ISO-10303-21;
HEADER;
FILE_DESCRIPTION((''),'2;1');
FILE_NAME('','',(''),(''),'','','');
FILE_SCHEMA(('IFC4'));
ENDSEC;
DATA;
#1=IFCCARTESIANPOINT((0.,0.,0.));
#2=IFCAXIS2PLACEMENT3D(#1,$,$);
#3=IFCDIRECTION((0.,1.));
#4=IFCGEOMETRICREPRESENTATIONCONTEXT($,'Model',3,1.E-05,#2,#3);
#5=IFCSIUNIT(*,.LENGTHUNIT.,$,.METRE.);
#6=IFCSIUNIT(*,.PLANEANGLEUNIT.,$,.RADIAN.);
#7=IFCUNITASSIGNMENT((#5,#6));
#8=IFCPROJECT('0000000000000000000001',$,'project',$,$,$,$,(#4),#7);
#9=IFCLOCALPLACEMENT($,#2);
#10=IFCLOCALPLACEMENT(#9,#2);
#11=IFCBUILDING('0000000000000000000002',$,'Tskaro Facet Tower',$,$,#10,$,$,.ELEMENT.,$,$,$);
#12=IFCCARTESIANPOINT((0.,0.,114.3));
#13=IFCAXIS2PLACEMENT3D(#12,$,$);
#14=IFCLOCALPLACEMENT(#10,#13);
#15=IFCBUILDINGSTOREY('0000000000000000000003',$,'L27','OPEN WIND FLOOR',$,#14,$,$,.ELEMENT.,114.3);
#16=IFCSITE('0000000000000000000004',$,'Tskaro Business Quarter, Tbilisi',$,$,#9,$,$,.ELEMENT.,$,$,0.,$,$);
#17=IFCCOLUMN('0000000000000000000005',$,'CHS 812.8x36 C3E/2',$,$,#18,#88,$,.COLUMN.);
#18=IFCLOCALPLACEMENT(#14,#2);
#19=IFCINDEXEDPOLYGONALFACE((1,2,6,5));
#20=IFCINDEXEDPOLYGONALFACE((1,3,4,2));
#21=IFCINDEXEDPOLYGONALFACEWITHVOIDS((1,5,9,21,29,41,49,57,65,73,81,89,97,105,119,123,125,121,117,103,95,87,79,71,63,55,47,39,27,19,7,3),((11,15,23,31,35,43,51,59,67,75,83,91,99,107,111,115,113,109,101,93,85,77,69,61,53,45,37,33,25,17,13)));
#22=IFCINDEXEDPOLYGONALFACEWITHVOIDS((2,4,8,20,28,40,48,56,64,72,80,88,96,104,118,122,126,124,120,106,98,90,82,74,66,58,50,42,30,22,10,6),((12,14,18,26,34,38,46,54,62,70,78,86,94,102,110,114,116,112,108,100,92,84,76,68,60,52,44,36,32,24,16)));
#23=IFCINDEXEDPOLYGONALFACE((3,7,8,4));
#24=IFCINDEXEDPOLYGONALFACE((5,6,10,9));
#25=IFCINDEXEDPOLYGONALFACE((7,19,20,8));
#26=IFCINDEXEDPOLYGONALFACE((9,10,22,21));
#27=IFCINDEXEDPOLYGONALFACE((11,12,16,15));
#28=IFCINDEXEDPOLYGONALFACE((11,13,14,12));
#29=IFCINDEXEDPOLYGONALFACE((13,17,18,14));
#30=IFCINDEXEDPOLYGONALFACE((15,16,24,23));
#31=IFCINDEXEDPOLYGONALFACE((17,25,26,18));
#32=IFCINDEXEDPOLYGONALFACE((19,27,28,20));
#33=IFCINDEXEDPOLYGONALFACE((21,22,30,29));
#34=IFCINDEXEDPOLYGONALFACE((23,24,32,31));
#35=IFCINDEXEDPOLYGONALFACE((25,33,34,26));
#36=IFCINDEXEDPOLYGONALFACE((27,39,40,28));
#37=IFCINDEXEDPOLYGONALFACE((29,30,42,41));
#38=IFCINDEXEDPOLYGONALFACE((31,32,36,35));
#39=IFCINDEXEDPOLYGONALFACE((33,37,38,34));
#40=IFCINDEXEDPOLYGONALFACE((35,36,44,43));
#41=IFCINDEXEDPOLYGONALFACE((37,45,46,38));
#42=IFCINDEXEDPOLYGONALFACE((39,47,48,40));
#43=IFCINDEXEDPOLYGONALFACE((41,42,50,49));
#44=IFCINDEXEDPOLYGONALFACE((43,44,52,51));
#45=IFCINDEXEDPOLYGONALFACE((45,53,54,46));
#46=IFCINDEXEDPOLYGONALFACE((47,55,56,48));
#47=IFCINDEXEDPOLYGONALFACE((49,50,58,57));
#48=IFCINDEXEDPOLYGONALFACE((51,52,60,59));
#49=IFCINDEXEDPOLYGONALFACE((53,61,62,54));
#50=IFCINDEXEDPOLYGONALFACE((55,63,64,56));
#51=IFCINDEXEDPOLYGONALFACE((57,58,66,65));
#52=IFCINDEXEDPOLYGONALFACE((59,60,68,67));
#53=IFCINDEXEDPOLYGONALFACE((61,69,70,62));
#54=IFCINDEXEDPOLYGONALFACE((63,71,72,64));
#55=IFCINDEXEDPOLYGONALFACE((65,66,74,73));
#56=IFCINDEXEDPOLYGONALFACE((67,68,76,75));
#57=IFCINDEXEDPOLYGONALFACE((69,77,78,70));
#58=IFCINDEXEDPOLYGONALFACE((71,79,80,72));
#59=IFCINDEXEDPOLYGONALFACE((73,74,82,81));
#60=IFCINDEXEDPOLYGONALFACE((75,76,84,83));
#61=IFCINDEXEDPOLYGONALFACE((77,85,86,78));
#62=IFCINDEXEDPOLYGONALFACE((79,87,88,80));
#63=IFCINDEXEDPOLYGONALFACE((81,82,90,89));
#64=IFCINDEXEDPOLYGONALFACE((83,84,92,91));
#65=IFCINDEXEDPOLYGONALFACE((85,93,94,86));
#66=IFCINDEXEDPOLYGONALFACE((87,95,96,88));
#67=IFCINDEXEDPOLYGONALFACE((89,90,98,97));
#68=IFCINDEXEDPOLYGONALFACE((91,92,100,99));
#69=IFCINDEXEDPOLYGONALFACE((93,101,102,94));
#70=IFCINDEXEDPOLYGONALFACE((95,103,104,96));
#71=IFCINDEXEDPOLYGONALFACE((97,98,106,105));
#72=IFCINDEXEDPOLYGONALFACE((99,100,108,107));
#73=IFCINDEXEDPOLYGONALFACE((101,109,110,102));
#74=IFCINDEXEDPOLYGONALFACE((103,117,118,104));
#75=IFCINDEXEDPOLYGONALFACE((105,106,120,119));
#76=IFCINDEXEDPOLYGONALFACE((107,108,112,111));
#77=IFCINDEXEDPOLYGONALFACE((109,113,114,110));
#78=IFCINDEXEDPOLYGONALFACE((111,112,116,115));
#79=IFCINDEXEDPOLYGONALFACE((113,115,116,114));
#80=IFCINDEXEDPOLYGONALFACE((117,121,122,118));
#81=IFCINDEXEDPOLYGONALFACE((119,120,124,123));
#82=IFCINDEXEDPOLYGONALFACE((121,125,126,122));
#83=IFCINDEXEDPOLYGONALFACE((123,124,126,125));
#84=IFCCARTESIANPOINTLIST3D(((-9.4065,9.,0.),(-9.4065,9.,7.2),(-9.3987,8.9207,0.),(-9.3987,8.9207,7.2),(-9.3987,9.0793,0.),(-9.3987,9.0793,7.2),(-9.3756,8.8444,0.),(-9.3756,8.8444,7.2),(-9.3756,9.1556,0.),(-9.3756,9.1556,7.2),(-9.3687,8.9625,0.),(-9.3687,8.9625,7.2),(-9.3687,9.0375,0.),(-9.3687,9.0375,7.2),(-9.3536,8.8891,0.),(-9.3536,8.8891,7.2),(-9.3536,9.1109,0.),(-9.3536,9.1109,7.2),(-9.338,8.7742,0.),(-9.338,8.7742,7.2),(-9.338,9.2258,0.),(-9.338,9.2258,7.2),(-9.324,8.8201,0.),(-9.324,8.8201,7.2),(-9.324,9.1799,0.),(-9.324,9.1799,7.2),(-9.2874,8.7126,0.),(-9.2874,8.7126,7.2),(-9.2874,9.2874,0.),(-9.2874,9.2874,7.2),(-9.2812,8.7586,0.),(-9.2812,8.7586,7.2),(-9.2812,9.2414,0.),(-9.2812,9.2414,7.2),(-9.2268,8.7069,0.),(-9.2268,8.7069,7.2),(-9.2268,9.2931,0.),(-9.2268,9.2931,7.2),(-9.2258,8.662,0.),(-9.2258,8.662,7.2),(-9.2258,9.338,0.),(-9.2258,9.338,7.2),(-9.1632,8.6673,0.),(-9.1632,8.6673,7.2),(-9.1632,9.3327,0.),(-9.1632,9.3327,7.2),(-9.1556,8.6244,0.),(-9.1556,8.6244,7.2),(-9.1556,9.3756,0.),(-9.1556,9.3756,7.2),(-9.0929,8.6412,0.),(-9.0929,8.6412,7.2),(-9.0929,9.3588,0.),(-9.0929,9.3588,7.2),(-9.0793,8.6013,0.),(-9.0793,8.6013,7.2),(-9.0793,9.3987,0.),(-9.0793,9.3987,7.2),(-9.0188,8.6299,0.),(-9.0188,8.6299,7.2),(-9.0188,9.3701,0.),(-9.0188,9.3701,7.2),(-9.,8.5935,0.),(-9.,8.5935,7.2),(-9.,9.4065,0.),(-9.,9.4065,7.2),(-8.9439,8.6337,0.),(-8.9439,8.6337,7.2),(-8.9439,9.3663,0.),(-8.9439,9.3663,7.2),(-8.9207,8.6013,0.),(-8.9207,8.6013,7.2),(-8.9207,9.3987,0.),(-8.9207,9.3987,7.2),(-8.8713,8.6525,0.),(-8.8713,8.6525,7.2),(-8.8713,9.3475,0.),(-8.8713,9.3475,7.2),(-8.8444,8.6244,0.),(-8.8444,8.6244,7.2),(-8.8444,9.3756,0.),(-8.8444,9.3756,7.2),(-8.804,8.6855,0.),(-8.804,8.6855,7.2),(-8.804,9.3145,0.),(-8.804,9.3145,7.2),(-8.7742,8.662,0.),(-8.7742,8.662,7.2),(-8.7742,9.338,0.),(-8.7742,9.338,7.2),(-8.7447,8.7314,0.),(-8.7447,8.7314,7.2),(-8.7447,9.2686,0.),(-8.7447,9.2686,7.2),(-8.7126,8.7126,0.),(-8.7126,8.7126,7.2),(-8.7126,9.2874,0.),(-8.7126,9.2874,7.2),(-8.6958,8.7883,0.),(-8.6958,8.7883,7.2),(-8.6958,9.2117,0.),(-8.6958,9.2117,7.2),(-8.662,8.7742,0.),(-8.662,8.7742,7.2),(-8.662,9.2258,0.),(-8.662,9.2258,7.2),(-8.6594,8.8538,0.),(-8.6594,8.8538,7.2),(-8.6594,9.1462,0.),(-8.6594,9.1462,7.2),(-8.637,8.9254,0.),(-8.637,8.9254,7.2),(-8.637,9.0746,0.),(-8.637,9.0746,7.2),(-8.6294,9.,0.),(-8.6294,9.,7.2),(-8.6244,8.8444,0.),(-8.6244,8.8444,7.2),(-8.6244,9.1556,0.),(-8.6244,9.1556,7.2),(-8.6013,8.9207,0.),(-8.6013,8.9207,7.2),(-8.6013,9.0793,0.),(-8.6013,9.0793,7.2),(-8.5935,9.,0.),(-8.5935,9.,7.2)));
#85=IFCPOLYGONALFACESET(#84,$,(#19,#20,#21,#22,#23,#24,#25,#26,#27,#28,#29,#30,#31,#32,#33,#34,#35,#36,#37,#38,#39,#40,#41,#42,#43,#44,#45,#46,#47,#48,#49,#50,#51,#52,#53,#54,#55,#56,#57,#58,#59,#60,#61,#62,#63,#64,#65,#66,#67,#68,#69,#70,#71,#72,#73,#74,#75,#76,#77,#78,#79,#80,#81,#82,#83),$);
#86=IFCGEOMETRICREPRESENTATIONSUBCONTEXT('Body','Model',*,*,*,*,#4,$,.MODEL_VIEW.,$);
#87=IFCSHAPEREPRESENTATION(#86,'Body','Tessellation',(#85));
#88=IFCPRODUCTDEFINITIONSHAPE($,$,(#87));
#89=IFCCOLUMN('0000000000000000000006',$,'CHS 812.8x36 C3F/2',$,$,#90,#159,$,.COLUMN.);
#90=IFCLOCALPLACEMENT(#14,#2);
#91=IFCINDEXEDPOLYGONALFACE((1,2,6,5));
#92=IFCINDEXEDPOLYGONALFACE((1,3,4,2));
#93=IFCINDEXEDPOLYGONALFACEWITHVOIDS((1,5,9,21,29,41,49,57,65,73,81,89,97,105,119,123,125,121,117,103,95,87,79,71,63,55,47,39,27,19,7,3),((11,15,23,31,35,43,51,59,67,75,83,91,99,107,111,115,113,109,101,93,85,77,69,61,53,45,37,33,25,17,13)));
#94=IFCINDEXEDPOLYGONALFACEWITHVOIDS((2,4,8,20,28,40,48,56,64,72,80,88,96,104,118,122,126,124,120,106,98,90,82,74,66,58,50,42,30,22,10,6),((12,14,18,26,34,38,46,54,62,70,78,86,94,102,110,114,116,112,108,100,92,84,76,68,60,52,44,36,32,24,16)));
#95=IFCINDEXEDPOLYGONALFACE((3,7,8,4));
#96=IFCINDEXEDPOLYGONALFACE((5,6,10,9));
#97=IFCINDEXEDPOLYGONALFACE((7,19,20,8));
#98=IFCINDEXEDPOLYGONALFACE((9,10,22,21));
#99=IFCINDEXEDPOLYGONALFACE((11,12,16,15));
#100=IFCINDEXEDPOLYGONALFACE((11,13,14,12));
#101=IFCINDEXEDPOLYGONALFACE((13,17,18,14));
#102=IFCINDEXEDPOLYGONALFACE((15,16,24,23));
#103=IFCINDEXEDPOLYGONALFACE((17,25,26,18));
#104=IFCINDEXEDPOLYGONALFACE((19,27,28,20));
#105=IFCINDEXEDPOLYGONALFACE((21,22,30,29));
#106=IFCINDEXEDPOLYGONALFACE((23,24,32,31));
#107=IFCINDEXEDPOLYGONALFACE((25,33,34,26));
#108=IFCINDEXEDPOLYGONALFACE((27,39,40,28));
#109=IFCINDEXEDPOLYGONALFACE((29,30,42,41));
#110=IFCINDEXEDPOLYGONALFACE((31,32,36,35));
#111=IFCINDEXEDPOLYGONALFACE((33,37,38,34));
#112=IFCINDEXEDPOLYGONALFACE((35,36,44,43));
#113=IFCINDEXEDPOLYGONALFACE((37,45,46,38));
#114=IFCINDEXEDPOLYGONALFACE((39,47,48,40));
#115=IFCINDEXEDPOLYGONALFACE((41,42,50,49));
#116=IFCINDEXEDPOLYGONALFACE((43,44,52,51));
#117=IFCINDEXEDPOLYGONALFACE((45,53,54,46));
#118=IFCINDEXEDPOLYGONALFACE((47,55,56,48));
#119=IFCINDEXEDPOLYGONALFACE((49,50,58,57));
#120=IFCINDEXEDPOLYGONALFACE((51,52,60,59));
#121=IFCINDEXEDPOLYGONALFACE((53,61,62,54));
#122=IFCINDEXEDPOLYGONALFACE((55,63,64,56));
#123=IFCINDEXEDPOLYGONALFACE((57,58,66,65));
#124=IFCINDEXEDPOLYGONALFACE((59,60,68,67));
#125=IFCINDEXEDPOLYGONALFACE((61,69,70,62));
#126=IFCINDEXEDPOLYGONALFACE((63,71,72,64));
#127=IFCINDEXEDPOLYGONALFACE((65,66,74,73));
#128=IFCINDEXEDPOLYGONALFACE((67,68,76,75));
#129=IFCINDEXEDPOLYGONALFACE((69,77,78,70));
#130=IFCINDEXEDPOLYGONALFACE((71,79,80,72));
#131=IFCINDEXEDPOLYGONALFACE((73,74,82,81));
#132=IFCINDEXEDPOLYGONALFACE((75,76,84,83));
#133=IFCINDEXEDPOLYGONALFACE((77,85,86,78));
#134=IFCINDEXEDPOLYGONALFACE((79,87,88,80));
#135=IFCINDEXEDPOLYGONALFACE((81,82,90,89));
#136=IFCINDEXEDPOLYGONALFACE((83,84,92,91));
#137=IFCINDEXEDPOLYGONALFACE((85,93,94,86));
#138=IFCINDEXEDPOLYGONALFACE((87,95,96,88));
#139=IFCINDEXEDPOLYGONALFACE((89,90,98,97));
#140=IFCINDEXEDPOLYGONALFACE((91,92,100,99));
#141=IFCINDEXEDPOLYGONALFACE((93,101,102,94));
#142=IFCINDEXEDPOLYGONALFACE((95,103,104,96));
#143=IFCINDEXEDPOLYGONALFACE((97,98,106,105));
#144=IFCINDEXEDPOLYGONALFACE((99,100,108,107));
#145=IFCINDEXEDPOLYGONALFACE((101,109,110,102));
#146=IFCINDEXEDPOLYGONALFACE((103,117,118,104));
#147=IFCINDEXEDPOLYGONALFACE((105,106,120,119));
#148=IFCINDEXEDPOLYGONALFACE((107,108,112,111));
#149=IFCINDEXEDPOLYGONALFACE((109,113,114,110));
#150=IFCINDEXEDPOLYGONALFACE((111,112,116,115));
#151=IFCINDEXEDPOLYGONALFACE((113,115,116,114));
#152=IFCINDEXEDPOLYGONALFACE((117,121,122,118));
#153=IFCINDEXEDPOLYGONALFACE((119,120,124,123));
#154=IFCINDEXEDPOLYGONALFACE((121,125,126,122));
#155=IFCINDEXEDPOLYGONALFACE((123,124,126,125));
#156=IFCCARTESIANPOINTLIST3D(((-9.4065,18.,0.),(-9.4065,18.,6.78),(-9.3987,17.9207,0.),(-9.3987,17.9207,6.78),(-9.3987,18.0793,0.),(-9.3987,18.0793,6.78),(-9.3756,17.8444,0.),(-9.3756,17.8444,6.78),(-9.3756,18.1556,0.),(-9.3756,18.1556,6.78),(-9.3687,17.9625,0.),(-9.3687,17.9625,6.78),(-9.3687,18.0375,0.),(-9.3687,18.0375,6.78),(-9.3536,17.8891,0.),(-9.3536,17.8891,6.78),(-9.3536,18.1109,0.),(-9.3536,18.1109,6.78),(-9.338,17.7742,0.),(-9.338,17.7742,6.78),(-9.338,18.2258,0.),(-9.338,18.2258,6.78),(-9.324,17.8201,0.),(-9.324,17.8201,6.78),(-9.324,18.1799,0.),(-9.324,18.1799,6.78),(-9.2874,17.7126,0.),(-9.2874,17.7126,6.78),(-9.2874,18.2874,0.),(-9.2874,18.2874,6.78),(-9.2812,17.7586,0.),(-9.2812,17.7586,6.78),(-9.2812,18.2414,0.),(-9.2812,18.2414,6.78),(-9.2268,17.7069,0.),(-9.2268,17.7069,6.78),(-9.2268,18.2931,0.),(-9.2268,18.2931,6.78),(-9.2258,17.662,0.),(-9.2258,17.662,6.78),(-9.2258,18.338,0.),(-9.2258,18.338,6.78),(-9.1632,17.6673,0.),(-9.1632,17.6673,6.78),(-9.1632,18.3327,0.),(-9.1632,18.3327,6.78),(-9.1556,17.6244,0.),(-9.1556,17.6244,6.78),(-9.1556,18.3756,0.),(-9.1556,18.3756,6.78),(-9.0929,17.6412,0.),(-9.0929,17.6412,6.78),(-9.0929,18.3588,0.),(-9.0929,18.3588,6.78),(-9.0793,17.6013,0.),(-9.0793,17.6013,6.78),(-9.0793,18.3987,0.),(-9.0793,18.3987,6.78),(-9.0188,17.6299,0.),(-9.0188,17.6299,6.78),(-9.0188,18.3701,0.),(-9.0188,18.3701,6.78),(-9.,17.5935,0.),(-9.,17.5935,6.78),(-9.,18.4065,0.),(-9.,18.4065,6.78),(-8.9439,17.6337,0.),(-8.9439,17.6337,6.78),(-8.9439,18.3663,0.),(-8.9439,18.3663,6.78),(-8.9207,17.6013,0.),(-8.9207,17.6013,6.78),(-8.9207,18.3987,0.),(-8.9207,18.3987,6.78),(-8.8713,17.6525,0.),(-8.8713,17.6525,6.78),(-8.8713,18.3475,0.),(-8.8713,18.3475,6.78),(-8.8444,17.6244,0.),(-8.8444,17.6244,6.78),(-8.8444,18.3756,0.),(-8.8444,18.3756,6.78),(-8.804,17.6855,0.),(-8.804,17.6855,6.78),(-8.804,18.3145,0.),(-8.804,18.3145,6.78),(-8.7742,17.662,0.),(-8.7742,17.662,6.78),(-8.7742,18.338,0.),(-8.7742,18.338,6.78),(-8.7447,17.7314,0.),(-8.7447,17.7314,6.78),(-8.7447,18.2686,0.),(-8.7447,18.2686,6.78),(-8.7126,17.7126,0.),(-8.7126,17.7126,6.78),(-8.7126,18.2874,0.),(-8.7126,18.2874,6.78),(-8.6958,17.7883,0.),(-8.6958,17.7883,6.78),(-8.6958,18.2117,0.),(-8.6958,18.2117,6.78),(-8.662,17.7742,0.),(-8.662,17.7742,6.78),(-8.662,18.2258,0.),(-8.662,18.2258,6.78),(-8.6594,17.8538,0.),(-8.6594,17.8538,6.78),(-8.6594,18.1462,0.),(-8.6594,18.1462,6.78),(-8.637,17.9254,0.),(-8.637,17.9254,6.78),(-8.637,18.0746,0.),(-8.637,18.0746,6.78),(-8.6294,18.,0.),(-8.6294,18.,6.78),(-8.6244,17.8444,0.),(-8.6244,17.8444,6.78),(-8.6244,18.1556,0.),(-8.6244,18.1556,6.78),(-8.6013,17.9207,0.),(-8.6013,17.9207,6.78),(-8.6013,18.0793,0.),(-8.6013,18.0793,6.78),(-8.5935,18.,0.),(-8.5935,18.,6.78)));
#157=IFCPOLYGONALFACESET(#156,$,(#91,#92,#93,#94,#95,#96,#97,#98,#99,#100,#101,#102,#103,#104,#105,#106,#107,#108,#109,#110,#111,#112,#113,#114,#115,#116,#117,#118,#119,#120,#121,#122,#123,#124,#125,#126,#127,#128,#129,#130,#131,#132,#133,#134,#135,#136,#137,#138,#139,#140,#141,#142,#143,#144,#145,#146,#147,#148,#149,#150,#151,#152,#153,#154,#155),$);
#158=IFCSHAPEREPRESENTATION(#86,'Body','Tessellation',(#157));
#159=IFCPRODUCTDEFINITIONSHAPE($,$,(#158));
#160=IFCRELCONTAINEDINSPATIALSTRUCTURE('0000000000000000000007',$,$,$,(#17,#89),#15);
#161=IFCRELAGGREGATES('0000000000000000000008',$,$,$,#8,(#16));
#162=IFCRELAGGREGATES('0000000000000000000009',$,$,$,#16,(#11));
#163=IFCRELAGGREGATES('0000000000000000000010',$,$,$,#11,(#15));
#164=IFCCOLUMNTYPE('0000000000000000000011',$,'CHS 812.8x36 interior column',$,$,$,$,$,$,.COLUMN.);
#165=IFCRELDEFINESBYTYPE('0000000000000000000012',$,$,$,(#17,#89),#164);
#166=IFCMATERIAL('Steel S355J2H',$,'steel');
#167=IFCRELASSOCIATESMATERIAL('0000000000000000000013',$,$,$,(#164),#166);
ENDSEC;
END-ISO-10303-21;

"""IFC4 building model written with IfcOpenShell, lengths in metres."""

from ifc_helpers import new_model, si_unit, direction, frame, origin, origin_2d, place, context, subcontext, project, spatial, hollow_circle, extrude, material, material_profile, profile_set, type_object, element, save


model = new_model("IFC4")

# Units and contexts
model_context = context("Model", 3, precision=1e-05, world=origin(), true_north=direction((0.0, 1.0)))
body_context = subcontext(model_context, "Body", "Model", "MODEL_VIEW")
ifc_project = project(units=[si_unit("LENGTHUNIT", "METRE"), si_unit("PLANEANGLEUNIT", "RADIAN")], contexts=[model_context])

# Site, building, storey
site_placement = place(None, origin())
site = spatial("IfcSite", under=ifc_project, at=site_placement, Name="Tskaro Business Quarter, Tbilisi", CompositionType="ELEMENT", RefElevation=0.0)
building_placement = place(site_placement, origin())
building = spatial("IfcBuilding", under=site, at=building_placement, Name="Tskaro Facet Tower", CompositionType="ELEMENT")
storey_placement = place(building_placement, frame((0.0, 0.0, 114.3)))
storey = spatial("IfcBuildingStorey", under=building, at=storey_placement, Name="L27", Description="OPEN WIND FLOOR", CompositionType="ELEMENT", Elevation=114.3)

# Columns
ifc_material_1 = material(Name="Steel S355J2H", Category="steel")
ifc_material_profile_1 = material_profile(ifc_material_1, hollow_circle(Radius=0.4065, WallThickness=0.0359, at=origin_2d()), Name="CHS 812.8x36")
ifc_profile_set_1 = profile_set([ifc_material_profile_1], Name="Steel S355J2H")
column_type_1 = type_object("IfcColumnType", Name="CHS 812.8x36 interior column", PredefinedType="COLUMN", material=ifc_profile_set_1)
column_1_placement = place(storey_placement, frame((-9.0, 9.0, 0.0), z_axis=(0.0, 0.0, 1.0), x_axis=(1.0, 0.0, 0.0)))
element("IfcColumn", 1, at=column_1_placement, inside=storey, type_object=column_type_1, Name="CHS 812.8x36 C3E/2", PredefinedType="COLUMN", context=body_context, shape_type="SweptSolid", body=[
    extrude(hollow_circle(Radius=0.4065, WallThickness=0.0359, at=origin_2d()), origin(), (0.0, 0.0, 1.0), 7.2),
])
column_2_placement = place(storey_placement, frame((-9.0, 18.0, 0.0), z_axis=(0.0, 0.0, 1.0), x_axis=(1.0, 0.0, 0.0)))
element("IfcColumn", 2, at=column_2_placement, inside=storey, type_object=column_type_1, Name="CHS 812.8x36 C3F/2", PredefinedType="COLUMN", context=body_context, shape_type="SweptSolid", body=[
    extrude(hollow_circle(Radius=0.4065, WallThickness=0.0359, at=origin_2d()), origin(), (0.0, 0.0, 1.0), 6.78),
])

save(model, "model.ifc")
